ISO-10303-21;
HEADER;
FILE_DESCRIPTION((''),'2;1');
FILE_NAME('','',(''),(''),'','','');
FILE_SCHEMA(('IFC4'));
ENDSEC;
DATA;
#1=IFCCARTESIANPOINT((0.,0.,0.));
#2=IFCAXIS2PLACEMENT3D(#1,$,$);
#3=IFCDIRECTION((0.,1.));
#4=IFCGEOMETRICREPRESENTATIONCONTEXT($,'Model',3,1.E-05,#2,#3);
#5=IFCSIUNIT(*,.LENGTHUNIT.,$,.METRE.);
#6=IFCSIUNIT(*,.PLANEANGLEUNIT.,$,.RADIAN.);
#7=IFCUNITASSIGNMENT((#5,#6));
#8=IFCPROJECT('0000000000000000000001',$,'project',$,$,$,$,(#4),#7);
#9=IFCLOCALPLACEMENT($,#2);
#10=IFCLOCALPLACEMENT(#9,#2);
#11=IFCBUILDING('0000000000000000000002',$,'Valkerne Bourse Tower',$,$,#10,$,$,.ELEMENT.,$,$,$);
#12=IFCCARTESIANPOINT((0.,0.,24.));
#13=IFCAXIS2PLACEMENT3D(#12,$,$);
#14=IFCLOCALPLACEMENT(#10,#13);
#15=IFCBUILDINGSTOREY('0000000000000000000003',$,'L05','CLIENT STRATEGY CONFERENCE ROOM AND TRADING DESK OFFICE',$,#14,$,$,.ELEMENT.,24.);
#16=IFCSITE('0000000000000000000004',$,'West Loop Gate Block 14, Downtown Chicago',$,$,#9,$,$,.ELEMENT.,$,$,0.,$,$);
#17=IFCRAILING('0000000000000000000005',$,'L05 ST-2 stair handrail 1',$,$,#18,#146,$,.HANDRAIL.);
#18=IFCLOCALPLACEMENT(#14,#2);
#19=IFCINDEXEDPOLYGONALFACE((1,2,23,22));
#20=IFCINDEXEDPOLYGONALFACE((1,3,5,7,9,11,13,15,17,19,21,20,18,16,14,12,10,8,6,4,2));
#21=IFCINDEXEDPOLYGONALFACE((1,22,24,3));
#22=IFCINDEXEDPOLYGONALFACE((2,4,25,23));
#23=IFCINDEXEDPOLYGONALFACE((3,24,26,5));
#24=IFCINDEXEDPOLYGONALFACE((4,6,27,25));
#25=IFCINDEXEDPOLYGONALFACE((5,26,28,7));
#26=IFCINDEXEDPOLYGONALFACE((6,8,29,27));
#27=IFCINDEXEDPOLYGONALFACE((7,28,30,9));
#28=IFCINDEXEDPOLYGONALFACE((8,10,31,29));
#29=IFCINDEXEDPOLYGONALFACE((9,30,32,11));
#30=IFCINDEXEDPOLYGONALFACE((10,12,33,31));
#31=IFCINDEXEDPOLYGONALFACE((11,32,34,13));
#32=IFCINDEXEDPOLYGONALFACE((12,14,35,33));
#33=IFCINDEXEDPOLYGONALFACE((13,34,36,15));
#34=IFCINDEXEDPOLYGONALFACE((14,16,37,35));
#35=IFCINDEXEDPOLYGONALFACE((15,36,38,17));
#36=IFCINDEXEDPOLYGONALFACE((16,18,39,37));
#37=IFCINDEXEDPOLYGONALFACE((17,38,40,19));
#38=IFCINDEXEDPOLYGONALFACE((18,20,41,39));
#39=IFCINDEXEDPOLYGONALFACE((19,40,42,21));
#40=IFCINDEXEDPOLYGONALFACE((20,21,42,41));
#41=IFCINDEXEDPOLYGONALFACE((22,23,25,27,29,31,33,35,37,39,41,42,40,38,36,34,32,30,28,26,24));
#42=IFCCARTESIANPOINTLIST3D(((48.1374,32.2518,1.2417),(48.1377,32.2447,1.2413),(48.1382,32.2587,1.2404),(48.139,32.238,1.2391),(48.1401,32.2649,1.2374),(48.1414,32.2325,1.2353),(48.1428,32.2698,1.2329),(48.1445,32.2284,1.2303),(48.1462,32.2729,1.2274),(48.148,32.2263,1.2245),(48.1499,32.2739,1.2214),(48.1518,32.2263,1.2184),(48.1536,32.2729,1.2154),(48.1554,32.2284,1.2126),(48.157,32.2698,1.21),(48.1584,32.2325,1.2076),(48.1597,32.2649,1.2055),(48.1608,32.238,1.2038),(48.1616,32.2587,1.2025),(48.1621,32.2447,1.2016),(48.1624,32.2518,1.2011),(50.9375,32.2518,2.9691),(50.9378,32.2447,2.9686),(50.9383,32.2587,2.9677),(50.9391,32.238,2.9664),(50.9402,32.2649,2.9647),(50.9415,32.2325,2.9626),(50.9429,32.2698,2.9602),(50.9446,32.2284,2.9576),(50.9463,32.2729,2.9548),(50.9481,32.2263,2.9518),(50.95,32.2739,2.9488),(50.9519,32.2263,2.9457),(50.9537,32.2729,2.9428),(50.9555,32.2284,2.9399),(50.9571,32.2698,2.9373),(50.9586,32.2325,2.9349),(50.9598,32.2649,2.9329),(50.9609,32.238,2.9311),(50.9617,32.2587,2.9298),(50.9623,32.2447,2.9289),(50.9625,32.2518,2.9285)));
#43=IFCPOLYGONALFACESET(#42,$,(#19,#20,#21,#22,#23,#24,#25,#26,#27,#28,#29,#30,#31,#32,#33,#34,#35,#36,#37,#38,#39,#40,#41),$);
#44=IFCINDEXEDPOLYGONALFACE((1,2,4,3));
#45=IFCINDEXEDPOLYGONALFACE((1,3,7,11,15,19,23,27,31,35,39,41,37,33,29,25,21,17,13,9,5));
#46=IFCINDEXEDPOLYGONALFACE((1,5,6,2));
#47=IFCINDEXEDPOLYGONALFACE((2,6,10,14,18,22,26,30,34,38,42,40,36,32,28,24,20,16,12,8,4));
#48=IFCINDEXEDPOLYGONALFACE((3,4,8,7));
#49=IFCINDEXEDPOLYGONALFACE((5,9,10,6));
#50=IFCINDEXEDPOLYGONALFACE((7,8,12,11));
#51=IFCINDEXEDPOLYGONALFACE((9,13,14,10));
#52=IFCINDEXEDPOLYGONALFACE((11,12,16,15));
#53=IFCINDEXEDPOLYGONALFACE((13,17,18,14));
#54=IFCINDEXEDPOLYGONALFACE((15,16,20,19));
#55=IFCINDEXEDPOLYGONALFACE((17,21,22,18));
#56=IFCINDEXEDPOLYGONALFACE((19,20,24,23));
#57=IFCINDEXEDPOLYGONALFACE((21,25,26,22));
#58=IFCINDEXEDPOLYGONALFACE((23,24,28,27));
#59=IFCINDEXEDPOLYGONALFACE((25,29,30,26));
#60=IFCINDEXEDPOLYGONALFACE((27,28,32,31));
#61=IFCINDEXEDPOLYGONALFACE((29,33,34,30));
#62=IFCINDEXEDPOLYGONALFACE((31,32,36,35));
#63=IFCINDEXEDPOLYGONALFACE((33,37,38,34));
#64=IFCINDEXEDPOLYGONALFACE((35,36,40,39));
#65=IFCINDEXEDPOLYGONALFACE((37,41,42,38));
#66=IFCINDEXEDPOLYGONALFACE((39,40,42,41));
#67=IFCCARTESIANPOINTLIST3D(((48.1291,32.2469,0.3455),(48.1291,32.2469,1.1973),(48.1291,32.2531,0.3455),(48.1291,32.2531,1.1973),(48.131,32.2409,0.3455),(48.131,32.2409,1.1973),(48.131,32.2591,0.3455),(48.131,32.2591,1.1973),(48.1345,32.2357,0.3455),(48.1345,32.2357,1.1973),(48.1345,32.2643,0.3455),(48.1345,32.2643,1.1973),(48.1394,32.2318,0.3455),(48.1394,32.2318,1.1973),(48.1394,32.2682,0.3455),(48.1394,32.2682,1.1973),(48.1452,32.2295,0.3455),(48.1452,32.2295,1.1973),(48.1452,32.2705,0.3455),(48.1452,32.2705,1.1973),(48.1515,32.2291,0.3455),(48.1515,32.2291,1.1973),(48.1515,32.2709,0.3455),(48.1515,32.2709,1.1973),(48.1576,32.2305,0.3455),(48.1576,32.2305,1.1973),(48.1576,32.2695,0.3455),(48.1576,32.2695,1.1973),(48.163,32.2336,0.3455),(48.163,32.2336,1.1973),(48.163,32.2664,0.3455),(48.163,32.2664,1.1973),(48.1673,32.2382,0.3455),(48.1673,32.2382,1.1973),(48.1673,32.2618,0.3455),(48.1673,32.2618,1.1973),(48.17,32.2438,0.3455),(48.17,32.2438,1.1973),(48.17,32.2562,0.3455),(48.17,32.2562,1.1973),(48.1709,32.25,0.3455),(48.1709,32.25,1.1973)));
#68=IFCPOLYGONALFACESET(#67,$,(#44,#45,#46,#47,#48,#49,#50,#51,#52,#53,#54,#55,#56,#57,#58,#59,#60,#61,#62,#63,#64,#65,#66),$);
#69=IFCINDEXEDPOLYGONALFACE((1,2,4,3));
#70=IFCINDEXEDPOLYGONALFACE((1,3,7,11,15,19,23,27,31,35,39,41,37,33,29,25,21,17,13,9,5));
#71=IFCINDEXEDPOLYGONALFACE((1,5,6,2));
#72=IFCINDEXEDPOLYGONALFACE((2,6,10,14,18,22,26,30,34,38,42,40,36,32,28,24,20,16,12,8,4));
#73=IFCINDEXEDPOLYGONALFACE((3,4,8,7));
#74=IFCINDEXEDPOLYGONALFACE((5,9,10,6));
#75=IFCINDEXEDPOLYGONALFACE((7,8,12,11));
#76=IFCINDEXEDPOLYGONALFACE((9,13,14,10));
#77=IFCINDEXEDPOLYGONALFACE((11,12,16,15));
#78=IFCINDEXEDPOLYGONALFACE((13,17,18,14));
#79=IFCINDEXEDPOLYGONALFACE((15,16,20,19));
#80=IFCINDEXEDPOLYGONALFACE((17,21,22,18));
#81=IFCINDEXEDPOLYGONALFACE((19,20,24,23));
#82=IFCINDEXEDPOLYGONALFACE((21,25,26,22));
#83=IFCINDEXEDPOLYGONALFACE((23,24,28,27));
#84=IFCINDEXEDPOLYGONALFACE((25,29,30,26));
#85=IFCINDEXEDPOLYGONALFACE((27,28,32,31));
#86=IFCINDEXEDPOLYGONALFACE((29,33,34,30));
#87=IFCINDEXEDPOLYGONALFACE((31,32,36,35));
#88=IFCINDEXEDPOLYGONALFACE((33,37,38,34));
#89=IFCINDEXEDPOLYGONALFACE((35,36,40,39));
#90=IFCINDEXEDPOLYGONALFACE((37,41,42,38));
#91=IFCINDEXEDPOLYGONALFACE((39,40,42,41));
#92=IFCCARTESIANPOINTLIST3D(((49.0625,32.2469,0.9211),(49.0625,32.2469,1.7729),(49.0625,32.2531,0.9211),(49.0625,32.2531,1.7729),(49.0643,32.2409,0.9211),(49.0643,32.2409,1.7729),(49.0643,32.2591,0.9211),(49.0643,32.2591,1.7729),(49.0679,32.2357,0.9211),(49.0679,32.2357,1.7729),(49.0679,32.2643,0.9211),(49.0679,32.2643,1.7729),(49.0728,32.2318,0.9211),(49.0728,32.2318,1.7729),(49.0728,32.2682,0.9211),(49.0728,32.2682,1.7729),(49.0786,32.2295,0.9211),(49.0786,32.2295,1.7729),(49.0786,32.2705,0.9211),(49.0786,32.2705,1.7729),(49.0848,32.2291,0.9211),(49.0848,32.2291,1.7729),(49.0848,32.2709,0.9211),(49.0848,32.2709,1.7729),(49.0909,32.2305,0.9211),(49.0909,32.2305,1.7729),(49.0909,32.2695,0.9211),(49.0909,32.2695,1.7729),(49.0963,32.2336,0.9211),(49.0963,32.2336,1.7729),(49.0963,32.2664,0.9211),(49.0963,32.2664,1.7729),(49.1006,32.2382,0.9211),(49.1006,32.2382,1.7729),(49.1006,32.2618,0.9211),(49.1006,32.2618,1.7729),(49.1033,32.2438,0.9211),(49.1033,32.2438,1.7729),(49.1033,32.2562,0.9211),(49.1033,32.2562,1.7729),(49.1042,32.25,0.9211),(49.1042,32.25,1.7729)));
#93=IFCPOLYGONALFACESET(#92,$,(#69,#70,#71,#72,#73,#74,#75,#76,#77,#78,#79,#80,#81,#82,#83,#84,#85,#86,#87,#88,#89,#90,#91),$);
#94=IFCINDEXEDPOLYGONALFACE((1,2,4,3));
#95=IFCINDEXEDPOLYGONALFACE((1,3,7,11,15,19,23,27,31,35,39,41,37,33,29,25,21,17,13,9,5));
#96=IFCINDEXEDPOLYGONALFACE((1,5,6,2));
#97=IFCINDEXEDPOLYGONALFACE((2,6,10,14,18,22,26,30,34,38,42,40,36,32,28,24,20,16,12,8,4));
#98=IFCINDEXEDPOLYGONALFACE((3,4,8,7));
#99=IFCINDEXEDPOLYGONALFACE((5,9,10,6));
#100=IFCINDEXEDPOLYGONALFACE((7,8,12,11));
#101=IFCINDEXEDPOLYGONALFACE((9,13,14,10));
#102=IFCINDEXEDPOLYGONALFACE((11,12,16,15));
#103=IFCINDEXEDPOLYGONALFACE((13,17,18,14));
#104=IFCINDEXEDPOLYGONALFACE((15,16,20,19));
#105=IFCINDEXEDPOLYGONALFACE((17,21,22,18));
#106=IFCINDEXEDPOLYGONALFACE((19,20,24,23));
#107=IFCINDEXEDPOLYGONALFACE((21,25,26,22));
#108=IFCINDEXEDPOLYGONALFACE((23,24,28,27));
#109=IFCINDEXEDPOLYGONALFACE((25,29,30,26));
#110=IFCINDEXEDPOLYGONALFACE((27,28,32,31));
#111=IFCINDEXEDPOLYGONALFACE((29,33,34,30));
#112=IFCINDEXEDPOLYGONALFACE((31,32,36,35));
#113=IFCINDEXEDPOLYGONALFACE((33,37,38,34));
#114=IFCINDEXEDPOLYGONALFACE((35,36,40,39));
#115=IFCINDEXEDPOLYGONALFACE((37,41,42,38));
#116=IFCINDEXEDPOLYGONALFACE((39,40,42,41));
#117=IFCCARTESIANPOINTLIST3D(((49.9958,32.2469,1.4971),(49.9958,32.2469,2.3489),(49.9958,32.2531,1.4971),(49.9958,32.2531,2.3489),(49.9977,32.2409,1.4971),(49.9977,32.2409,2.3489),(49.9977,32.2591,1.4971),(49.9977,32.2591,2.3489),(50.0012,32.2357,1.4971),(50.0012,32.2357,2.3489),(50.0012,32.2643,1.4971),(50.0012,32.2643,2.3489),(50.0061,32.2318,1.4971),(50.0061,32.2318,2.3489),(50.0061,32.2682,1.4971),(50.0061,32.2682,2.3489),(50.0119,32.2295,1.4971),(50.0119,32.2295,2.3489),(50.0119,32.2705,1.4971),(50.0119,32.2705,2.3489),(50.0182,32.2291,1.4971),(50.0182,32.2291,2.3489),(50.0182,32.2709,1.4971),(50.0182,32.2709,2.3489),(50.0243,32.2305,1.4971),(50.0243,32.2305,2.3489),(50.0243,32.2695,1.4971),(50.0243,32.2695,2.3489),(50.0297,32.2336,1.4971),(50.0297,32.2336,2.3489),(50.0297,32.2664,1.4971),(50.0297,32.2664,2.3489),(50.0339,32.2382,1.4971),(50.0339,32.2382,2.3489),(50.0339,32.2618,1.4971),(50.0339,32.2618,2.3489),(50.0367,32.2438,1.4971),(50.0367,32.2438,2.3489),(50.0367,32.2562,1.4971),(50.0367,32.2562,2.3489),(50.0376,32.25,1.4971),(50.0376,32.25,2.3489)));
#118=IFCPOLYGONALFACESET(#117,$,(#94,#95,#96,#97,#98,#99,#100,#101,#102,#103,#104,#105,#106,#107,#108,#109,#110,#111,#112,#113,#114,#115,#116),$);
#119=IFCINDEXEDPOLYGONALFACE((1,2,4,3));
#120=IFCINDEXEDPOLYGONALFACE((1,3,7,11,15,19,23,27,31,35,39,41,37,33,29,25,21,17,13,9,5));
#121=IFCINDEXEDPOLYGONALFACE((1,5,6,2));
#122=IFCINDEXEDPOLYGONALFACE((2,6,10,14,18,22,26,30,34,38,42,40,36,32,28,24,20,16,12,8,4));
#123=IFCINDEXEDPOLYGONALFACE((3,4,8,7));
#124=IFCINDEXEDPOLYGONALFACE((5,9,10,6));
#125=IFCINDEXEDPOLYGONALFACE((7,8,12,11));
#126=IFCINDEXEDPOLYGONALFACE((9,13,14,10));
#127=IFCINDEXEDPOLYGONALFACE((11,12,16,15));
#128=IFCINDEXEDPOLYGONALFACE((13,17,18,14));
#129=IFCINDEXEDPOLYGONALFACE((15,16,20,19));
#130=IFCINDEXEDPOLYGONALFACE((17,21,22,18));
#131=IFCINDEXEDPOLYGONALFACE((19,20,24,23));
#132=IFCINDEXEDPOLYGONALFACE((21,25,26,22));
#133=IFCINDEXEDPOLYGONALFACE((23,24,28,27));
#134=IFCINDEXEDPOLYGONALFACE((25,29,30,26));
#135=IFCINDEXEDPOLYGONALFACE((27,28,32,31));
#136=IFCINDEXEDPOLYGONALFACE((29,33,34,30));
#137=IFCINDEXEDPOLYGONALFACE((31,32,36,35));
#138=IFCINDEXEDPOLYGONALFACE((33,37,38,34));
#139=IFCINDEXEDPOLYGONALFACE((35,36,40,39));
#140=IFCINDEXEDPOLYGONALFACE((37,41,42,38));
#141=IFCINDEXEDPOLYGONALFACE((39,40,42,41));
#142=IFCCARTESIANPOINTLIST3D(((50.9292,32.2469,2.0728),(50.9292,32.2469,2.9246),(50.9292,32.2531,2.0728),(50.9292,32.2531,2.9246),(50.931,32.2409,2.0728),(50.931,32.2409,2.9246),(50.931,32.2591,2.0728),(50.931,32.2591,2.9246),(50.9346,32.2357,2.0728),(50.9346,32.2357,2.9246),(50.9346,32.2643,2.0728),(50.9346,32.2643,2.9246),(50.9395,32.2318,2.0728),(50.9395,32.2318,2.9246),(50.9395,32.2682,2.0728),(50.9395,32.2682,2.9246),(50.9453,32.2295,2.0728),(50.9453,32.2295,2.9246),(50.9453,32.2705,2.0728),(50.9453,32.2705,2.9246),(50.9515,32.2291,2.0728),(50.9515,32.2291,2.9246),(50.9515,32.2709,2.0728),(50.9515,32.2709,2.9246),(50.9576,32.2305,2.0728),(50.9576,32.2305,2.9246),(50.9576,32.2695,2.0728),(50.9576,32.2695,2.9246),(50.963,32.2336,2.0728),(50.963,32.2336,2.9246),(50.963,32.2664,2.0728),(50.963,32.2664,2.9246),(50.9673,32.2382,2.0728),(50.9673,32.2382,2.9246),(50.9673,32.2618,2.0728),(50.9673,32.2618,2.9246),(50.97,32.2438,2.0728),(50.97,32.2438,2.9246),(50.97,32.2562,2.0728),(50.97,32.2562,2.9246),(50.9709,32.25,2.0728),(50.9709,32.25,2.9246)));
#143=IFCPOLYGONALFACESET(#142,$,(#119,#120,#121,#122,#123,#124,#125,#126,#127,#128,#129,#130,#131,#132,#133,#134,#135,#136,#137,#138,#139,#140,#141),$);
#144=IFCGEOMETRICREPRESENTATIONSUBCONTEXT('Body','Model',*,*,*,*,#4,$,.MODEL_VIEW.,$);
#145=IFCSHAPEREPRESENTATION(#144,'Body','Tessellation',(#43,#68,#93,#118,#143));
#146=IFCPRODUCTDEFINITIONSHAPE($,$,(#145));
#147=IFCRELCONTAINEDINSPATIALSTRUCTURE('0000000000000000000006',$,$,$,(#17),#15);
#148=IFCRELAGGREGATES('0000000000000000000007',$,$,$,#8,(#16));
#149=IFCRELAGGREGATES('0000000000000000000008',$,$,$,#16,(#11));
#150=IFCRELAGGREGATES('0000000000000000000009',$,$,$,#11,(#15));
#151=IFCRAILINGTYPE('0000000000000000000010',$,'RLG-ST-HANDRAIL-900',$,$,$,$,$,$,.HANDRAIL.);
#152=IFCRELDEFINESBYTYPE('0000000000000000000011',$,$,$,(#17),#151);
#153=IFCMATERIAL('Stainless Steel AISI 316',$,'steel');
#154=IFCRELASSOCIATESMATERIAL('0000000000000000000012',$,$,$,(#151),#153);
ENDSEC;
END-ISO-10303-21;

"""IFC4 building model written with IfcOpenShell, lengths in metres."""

from ifc_helpers import new_model, si_unit, direction, frame, origin, origin_2d, place, context, subcontext, project, spatial, circle, extrude, material, type_object, element, save


model = new_model("IFC4")

# Units and contexts
model_context = context("Model", 3, precision=1e-05, world=origin(), true_north=direction((0.0, 1.0)))
body_context = subcontext(model_context, "Body", "Model", "MODEL_VIEW")
ifc_project = project(units=[si_unit("LENGTHUNIT", "METRE"), si_unit("PLANEANGLEUNIT", "RADIAN")], contexts=[model_context])

# Site, building, storey
site_placement = place(None, origin())
site = spatial("IfcSite", under=ifc_project, at=site_placement, Name="West Loop Gate Block 14, Downtown Chicago", CompositionType="ELEMENT", RefElevation=0.0)
building_placement = place(site_placement, origin())
building = spatial("IfcBuilding", under=site, at=building_placement, Name="Valkerne Bourse Tower", CompositionType="ELEMENT")
storey_placement = place(building_placement, frame((0.0, 0.0, 24.0)))
storey = spatial("IfcBuildingStorey", under=building, at=storey_placement, Name="L05", Description="CLIENT STRATEGY CONFERENCE ROOM AND TRADING DESK OFFICE", CompositionType="ELEMENT", Elevation=24.0)

# Shared definitions
ifc_material_1 = material(Name="Stainless Steel AISI 316", Category="steel")

# Railing
railing_type_1 = type_object("IfcRailingType", Name="RLG-ST-HANDRAIL-900", PredefinedType="HANDRAIL", material=ifc_material_1)
railing_1_placement = place(storey_placement, frame((48.1499, 32.25, 0.3455)))
element("IfcRailing", 1, at=railing_1_placement, inside=storey, type_object=railing_type_1, Name="L05 ST-2 stair handrail 1", PredefinedType="HANDRAIL", context=body_context, shape_type="SweptSolid", body=[
    extrude(circle(Radius=0.0239, at=origin_2d()), frame((0.0, 0.0, 0.876), z_axis=(0.85109, 0.0, 0.52502), x_axis=(0.0, 1.0, 0.0)), (0.0, 0.0, 1.0), 3.29),
    extrude(circle(Radius=0.021, at=origin_2d()), origin(), (0.0, 0.0, 1.0), 0.8518),
    extrude(circle(Radius=0.021, at=origin_2d()), frame((0.9333, 0.0, 0.5757)), (0.0, 0.0, 1.0), 0.8518),
    extrude(circle(Radius=0.021, at=origin_2d()), frame((1.8667, 0.0, 1.1516)), (0.0, 0.0, 1.0), 0.8518),
    extrude(circle(Radius=0.021, at=origin_2d()), frame((2.8, 0.0, 1.7273)), (0.0, 0.0, 1.0), 0.8518),
])

save(model, "model.ifc")
